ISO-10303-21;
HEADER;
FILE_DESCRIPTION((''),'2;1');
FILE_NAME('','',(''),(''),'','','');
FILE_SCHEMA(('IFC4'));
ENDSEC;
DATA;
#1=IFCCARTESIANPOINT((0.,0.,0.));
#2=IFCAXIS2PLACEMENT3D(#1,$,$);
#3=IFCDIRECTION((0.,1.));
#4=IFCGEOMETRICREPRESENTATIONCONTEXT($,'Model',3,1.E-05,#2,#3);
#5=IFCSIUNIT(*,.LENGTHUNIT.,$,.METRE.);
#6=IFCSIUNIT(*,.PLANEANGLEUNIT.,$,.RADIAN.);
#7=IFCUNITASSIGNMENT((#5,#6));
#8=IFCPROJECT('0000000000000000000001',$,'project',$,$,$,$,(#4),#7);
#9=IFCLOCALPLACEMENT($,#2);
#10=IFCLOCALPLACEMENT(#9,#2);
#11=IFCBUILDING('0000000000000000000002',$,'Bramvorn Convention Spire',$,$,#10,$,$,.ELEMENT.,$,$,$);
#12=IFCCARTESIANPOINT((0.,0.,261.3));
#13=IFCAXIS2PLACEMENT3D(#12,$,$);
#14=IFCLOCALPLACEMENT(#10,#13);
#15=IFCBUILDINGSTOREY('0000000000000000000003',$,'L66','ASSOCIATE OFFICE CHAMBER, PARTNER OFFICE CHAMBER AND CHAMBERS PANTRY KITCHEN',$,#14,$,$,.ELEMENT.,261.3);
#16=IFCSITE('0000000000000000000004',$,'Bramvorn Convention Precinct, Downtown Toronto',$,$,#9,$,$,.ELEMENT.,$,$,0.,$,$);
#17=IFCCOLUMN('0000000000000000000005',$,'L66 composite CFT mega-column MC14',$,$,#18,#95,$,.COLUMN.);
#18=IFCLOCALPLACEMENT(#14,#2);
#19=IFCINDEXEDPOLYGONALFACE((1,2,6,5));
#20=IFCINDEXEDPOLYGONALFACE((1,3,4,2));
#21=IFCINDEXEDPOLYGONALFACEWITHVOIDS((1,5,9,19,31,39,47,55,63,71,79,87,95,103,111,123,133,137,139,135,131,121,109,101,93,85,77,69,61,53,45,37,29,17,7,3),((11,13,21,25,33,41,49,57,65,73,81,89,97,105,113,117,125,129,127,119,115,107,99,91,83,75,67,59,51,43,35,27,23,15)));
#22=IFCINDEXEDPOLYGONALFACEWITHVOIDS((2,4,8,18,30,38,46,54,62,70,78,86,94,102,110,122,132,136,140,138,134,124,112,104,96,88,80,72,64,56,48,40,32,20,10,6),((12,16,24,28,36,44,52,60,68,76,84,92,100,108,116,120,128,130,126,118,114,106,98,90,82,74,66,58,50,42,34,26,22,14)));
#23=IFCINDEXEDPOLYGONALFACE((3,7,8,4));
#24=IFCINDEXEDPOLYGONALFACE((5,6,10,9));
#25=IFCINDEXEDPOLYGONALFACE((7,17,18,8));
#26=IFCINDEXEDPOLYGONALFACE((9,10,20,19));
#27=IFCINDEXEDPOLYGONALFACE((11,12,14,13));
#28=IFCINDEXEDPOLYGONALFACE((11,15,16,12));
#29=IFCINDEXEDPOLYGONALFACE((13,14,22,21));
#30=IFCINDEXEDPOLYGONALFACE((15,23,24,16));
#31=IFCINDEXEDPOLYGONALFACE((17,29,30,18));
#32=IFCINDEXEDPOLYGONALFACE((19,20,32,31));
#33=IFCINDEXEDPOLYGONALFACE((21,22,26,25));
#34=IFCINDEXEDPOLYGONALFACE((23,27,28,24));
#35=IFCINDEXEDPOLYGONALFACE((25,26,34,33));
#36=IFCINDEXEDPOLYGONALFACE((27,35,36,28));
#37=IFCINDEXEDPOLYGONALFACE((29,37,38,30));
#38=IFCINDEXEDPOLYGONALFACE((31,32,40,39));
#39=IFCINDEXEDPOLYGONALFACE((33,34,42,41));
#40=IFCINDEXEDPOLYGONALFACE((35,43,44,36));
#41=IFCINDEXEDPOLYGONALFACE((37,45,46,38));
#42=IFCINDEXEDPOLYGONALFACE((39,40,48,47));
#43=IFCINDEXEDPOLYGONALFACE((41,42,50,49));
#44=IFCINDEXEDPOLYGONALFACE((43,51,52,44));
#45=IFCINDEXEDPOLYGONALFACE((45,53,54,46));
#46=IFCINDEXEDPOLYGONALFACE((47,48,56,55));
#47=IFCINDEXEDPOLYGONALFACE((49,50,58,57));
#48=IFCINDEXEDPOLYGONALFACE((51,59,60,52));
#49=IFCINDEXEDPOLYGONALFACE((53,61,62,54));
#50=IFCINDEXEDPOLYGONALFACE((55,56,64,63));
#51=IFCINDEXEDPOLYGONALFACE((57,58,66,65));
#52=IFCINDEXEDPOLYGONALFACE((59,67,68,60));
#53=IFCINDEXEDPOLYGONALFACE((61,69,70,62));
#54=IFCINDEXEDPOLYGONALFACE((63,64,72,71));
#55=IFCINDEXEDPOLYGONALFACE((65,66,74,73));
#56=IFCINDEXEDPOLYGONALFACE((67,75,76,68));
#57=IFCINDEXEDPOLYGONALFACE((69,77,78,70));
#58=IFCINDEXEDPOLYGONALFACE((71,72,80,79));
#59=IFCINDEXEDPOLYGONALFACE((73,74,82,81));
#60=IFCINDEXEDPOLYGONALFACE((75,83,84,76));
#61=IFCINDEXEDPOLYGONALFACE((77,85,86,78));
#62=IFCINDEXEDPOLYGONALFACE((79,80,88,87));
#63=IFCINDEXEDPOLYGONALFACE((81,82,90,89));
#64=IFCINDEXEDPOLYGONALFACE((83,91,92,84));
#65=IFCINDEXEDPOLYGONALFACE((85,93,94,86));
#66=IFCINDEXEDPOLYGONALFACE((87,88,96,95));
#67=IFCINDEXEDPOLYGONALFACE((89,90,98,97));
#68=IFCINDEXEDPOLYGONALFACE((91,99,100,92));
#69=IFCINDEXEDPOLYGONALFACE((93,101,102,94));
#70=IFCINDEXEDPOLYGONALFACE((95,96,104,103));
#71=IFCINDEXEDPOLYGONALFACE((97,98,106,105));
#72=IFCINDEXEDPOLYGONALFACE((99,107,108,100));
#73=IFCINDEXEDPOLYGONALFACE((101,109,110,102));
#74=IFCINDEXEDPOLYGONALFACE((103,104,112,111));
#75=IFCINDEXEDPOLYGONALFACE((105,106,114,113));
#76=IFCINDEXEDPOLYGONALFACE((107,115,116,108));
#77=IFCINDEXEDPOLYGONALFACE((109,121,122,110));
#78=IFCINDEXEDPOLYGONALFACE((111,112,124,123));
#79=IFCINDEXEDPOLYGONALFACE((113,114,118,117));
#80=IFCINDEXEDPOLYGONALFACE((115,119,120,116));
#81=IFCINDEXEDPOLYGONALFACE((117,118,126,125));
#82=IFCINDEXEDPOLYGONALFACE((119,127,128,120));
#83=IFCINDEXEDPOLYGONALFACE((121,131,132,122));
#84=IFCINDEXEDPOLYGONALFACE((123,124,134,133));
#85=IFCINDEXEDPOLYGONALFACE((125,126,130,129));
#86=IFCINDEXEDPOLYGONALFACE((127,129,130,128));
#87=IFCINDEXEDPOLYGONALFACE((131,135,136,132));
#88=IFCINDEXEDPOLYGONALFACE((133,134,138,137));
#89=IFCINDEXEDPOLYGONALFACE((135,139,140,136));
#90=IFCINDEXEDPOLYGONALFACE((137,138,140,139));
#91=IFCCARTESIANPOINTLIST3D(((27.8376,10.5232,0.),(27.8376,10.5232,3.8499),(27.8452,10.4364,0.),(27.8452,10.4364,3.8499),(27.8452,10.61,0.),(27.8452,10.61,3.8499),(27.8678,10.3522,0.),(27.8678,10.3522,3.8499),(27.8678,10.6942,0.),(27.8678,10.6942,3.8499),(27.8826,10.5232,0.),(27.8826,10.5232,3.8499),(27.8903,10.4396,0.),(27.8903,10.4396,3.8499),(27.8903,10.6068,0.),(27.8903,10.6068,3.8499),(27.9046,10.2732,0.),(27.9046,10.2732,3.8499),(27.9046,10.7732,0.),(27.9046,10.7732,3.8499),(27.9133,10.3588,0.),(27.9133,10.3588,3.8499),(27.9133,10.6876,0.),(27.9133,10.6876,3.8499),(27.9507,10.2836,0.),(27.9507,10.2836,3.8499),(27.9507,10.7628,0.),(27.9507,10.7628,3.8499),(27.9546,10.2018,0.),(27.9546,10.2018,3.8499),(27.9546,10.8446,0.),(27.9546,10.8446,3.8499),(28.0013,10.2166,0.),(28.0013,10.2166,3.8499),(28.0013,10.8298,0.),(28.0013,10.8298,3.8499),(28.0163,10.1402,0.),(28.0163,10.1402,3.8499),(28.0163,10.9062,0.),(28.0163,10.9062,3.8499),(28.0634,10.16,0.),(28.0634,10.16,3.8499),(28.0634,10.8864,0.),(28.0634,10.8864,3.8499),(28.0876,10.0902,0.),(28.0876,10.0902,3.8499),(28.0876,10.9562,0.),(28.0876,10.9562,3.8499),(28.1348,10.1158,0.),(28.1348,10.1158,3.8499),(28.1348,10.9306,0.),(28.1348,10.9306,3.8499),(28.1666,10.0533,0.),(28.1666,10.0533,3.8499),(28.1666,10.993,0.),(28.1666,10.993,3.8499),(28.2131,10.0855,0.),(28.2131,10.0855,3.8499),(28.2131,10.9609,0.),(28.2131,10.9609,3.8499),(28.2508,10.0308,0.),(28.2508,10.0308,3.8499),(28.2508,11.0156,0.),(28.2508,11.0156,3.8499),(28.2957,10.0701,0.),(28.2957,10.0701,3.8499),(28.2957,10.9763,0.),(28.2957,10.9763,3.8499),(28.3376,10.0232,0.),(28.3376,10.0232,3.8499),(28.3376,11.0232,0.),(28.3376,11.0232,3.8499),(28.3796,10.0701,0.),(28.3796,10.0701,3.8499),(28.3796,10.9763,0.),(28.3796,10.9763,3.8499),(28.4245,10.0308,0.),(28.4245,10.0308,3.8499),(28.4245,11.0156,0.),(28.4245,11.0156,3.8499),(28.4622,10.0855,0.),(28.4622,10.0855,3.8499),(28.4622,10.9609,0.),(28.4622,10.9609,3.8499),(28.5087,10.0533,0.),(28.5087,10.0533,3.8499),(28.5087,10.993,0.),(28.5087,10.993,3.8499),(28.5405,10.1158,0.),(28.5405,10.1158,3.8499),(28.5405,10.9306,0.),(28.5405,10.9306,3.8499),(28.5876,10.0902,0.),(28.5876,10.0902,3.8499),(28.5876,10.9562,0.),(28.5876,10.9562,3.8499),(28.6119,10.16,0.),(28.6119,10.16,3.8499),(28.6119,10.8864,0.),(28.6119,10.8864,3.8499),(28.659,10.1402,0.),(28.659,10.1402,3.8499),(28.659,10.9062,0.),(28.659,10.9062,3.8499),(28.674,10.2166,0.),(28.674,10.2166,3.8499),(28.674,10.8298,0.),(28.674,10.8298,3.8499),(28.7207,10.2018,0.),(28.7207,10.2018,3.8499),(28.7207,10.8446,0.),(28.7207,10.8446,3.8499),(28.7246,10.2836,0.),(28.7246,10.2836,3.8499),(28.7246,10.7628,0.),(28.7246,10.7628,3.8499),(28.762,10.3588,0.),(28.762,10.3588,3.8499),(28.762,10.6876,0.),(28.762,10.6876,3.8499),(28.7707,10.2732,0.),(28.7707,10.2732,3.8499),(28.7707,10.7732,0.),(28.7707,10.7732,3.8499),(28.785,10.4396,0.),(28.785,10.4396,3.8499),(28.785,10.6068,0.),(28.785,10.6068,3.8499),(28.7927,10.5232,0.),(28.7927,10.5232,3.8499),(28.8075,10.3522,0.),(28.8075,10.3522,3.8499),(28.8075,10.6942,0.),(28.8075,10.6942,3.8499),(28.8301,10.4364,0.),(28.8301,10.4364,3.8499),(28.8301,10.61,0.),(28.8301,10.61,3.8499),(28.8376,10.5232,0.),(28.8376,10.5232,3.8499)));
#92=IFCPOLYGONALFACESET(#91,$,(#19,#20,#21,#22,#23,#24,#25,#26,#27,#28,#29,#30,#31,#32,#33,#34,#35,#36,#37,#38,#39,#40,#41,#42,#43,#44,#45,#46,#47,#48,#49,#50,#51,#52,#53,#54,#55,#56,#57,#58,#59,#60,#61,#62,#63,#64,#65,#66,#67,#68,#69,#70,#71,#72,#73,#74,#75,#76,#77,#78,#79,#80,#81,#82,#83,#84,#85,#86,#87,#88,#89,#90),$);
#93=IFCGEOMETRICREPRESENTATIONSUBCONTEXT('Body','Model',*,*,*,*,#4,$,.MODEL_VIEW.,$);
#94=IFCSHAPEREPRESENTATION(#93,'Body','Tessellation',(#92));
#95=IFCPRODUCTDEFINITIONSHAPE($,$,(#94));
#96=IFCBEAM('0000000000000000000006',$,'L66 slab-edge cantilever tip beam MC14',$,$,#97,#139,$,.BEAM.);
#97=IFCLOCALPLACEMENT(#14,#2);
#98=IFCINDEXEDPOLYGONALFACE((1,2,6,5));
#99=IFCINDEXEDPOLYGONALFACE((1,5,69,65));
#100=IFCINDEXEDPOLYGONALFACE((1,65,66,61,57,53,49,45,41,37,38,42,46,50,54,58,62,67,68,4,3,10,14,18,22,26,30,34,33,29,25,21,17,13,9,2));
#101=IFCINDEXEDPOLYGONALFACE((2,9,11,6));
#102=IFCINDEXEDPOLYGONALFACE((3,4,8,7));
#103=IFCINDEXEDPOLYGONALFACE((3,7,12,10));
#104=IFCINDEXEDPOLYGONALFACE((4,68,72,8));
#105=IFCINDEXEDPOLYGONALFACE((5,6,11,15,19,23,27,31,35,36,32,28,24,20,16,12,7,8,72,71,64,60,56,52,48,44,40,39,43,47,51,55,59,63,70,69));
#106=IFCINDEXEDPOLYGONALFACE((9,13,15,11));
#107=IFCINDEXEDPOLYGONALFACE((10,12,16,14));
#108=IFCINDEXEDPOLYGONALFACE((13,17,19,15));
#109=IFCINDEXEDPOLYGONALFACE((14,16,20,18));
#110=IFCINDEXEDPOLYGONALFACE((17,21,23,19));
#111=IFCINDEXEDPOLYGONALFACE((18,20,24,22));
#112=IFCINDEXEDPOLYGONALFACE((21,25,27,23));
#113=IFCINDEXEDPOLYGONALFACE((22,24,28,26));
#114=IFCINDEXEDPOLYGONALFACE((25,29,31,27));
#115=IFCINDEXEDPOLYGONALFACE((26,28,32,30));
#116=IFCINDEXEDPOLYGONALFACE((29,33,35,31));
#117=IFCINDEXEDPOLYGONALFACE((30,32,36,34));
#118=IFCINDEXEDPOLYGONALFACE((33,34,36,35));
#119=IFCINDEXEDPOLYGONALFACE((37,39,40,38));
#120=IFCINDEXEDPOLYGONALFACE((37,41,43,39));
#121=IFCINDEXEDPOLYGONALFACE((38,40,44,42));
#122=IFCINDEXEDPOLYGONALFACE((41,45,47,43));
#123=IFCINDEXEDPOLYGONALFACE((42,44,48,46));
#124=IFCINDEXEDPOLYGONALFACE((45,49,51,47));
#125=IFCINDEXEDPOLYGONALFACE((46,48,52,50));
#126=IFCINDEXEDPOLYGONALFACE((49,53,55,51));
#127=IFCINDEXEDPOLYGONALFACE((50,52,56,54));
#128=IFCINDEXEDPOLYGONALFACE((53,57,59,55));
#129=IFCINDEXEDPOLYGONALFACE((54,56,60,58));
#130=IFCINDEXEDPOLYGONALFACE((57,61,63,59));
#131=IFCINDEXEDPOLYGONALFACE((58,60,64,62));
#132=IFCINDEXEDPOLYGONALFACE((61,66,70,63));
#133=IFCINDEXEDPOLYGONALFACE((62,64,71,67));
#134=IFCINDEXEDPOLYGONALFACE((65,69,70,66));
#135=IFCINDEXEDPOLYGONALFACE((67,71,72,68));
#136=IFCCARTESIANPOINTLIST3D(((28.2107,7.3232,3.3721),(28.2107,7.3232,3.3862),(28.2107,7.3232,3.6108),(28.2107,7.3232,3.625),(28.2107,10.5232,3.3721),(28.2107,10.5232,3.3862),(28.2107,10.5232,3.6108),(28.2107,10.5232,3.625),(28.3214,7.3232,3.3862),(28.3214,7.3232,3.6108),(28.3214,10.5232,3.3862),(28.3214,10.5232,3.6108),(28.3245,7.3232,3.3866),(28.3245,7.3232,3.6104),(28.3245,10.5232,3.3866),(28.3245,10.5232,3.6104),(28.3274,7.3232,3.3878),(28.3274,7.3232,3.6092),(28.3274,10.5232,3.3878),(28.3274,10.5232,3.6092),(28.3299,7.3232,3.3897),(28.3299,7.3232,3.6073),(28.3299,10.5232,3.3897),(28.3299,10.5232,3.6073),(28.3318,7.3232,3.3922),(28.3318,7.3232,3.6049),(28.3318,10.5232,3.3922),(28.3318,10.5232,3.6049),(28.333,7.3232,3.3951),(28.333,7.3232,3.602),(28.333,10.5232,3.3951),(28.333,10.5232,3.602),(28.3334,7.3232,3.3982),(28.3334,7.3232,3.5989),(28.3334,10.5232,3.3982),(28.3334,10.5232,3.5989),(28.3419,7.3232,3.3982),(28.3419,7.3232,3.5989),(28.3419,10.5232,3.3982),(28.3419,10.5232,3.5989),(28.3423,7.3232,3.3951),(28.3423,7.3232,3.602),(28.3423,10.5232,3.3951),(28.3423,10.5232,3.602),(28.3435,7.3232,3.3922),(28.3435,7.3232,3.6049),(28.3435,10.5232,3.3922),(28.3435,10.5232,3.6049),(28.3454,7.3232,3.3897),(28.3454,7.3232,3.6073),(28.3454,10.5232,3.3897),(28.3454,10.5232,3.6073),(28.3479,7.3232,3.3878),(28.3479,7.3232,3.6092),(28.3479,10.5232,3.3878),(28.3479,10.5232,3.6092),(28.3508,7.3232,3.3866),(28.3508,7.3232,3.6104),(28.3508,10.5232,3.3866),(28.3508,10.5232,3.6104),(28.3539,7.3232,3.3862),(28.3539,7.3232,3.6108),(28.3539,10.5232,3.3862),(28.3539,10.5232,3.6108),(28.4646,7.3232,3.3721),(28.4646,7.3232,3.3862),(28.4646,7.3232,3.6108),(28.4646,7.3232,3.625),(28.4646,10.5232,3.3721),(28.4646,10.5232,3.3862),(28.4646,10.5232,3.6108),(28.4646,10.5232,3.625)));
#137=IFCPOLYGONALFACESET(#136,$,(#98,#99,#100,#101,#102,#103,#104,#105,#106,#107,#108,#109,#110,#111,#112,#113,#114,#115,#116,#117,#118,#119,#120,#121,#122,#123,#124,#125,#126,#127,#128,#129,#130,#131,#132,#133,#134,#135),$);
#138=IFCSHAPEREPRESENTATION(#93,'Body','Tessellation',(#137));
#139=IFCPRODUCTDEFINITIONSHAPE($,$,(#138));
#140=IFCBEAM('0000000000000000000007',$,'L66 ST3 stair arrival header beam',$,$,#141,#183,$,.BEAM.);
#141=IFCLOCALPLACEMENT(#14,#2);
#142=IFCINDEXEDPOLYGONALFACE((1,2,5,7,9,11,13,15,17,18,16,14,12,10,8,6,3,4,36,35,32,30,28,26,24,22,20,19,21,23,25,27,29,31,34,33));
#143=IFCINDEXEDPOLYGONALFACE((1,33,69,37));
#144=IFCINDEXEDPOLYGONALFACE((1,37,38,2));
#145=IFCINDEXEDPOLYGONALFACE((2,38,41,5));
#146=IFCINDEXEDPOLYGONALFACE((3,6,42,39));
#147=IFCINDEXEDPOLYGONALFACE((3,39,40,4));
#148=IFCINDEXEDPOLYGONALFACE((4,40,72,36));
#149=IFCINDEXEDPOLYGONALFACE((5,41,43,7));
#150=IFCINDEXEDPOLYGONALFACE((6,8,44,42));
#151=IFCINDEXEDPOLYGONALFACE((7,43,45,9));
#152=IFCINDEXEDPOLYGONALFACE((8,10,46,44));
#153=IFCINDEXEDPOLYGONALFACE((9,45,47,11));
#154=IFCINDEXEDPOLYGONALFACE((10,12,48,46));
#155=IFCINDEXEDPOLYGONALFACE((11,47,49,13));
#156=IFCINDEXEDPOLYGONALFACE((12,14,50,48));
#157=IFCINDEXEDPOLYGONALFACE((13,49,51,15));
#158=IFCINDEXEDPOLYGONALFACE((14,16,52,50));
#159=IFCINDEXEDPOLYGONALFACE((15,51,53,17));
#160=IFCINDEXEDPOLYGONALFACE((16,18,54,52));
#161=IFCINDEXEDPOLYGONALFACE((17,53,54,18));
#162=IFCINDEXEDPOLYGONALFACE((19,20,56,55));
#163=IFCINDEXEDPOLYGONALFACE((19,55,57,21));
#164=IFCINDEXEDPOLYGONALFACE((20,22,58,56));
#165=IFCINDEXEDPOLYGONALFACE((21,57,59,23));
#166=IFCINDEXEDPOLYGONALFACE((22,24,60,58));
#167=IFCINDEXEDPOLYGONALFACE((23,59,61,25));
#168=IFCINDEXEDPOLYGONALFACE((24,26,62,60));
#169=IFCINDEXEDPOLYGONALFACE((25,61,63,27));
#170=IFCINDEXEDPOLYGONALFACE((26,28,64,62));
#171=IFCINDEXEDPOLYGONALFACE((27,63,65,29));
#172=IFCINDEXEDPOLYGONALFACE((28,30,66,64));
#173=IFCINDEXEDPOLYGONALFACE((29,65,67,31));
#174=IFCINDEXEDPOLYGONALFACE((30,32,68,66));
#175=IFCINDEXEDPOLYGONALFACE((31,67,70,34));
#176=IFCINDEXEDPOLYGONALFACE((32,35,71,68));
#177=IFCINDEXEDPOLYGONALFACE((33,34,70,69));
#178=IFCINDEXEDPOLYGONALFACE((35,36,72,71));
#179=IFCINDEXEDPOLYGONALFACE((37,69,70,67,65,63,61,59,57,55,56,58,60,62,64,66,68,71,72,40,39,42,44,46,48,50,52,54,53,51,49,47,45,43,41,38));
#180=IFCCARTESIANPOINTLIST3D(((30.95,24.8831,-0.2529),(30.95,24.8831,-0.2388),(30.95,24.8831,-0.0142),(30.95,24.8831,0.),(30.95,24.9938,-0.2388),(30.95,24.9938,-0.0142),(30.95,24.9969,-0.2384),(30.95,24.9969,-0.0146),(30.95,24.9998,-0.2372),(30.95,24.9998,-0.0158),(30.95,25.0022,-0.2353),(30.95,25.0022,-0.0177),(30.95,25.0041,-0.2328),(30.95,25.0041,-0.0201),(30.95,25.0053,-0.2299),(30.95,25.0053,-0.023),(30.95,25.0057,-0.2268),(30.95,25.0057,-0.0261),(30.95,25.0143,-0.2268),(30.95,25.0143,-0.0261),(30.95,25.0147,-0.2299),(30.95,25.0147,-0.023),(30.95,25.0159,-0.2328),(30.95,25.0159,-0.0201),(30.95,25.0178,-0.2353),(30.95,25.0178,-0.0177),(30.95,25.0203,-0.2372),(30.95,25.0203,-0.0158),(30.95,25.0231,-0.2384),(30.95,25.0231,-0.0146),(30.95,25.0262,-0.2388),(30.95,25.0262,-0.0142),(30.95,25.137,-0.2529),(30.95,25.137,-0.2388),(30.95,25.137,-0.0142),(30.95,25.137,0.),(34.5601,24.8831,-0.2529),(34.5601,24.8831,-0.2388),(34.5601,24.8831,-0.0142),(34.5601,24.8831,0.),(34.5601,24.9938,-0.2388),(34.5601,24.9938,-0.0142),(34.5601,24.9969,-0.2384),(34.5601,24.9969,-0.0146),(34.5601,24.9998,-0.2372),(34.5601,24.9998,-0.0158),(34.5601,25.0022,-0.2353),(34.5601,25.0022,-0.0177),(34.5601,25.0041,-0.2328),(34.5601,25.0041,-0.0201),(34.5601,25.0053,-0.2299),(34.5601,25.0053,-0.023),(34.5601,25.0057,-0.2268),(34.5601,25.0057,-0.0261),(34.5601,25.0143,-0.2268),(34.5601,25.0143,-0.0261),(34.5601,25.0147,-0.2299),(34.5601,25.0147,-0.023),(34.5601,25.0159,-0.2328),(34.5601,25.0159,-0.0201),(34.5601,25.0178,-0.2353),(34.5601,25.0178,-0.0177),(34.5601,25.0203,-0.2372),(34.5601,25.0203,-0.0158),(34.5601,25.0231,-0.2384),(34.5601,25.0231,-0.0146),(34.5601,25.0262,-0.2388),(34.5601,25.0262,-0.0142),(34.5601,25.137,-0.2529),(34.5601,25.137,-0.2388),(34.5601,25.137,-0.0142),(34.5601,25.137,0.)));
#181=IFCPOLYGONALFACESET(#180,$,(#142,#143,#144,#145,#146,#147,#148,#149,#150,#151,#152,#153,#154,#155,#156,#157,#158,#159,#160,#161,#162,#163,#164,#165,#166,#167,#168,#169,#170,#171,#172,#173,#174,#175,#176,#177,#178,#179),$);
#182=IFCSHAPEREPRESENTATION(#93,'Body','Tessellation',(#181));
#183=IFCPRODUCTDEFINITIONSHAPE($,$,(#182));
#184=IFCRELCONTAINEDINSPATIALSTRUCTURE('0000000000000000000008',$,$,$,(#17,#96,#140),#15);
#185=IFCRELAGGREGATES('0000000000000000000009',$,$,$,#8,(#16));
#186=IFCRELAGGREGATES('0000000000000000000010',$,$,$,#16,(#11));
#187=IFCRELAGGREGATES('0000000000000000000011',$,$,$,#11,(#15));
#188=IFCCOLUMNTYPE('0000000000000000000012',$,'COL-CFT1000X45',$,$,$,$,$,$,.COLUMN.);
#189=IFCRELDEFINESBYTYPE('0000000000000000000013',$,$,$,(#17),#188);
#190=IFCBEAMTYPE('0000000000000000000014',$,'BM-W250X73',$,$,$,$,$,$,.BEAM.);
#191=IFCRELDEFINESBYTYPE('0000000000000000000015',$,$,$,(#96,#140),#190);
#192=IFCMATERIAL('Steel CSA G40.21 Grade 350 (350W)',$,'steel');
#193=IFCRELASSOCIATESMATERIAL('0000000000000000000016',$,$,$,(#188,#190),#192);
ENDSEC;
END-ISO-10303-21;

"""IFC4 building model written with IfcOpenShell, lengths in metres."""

from ifc_helpers import new_model, si_unit, direction, frame, origin, origin_2d, place, context, subcontext, project, spatial, hollow_circle, i_section, extrude, material, material_profile, profile_set, type_object, element, save


model = new_model("IFC4")

# Units and contexts
model_context = context("Model", 3, precision=1e-05, world=origin(), true_north=direction((0.0, 1.0)))
body_context = subcontext(model_context, "Body", "Model", "MODEL_VIEW")
ifc_project = project(units=[si_unit("LENGTHUNIT", "METRE"), si_unit("PLANEANGLEUNIT", "RADIAN")], contexts=[model_context])

# Site, building, storey
site_placement = place(None, origin())
site = spatial("IfcSite", under=ifc_project, at=site_placement, Name="Bramvorn Convention Precinct, Downtown Toronto", CompositionType="ELEMENT", RefElevation=0.0)
building_placement = place(site_placement, origin())
building = spatial("IfcBuilding", under=site, at=building_placement, Name="Bramvorn Convention Spire", CompositionType="ELEMENT")
storey_placement = place(building_placement, frame((0.0, 0.0, 261.3)))
storey = spatial("IfcBuildingStorey", under=building, at=storey_placement, Name="L66", Description="ASSOCIATE OFFICE CHAMBER, PARTNER OFFICE CHAMBER AND CHAMBERS PANTRY KITCHEN", CompositionType="ELEMENT", Elevation=261.3)

# Column
ifc_material_1 = material(Name="Steel CSA G40.21 Grade 350 (350W)", Category="steel")
ifc_material_profile_1 = material_profile(ifc_material_1, hollow_circle(Radius=0.5, WallThickness=0.0449, at=origin_2d()))
ifc_profile_set_1 = profile_set([ifc_material_profile_1], Name="Steel CSA G40.21 Grade 350 (350W) - CFT1000X45")
column_type = type_object("IfcColumnType", Name="COL-CFT1000X45", PredefinedType="COLUMN", material=ifc_profile_set_1)
column_placement = place(storey_placement, frame((28.3376, 10.5232, 0.0), z_axis=(0.0, 0.0, 1.0), x_axis=(1.0, 0.0, 0.0)))
element("IfcColumn", 1, at=column_placement, inside=storey, type_object=column_type, Name="L66 composite CFT mega-column MC14", PredefinedType="COLUMN", context=body_context, shape_type="SweptSolid", body=[
    extrude(hollow_circle(Radius=0.5, WallThickness=0.0449, at=origin_2d()), origin(), (0.0, 0.0, 1.0), 3.8499),
])

# Beams
ifc_material_profile_2 = material_profile(ifc_material_1, i_section(OverallWidth=0.2539, OverallDepth=0.2529, WebThickness=0.0085, FlangeThickness=0.0142, FilletRadius=0.012, at=origin_2d()))
ifc_profile_set_2 = profile_set([ifc_material_profile_2], Name="Steel CSA G40.21 Grade 350 (350W) - W250X73")
beam_type_1 = type_object("IfcBeamType", Name="BM-W250X73", PredefinedType="BEAM", material=ifc_profile_set_2)
beam_1_placement = place(storey_placement, frame((28.3376, 10.5232, 3.4985), z_axis=(0.0, -1.0, 0.0), x_axis=(1.0, 0.0, 0.0)))
element("IfcBeam", 2, at=beam_1_placement, inside=storey, type_object=beam_type_1, Name="L66 slab-edge cantilever tip beam MC14", PredefinedType="BEAM", context=body_context, shape_type="SweptSolid", body=[
    extrude(i_section(OverallWidth=0.2539, OverallDepth=0.2529, WebThickness=0.0085, FlangeThickness=0.0142, FilletRadius=0.012, at=origin_2d()), origin(), (0.0, 0.0, 1.0), 3.2),
])
beam_2_placement = place(storey_placement, frame((30.95, 25.01, -0.1265), z_axis=(1.0, 0.0, 0.0), x_axis=(0.0, 1.0, 0.0)))
element("IfcBeam", 3, at=beam_2_placement, inside=storey, type_object=beam_type_1, Name="L66 ST3 stair arrival header beam", PredefinedType="BEAM", context=body_context, shape_type="SweptSolid", body=[
    extrude(i_section(OverallWidth=0.2539, OverallDepth=0.2529, WebThickness=0.0085, FlangeThickness=0.0142, FilletRadius=0.012, at=origin_2d()), origin(), (0.0, 0.0, 1.0), 3.6101),
])

save(model, "model.ifc")
